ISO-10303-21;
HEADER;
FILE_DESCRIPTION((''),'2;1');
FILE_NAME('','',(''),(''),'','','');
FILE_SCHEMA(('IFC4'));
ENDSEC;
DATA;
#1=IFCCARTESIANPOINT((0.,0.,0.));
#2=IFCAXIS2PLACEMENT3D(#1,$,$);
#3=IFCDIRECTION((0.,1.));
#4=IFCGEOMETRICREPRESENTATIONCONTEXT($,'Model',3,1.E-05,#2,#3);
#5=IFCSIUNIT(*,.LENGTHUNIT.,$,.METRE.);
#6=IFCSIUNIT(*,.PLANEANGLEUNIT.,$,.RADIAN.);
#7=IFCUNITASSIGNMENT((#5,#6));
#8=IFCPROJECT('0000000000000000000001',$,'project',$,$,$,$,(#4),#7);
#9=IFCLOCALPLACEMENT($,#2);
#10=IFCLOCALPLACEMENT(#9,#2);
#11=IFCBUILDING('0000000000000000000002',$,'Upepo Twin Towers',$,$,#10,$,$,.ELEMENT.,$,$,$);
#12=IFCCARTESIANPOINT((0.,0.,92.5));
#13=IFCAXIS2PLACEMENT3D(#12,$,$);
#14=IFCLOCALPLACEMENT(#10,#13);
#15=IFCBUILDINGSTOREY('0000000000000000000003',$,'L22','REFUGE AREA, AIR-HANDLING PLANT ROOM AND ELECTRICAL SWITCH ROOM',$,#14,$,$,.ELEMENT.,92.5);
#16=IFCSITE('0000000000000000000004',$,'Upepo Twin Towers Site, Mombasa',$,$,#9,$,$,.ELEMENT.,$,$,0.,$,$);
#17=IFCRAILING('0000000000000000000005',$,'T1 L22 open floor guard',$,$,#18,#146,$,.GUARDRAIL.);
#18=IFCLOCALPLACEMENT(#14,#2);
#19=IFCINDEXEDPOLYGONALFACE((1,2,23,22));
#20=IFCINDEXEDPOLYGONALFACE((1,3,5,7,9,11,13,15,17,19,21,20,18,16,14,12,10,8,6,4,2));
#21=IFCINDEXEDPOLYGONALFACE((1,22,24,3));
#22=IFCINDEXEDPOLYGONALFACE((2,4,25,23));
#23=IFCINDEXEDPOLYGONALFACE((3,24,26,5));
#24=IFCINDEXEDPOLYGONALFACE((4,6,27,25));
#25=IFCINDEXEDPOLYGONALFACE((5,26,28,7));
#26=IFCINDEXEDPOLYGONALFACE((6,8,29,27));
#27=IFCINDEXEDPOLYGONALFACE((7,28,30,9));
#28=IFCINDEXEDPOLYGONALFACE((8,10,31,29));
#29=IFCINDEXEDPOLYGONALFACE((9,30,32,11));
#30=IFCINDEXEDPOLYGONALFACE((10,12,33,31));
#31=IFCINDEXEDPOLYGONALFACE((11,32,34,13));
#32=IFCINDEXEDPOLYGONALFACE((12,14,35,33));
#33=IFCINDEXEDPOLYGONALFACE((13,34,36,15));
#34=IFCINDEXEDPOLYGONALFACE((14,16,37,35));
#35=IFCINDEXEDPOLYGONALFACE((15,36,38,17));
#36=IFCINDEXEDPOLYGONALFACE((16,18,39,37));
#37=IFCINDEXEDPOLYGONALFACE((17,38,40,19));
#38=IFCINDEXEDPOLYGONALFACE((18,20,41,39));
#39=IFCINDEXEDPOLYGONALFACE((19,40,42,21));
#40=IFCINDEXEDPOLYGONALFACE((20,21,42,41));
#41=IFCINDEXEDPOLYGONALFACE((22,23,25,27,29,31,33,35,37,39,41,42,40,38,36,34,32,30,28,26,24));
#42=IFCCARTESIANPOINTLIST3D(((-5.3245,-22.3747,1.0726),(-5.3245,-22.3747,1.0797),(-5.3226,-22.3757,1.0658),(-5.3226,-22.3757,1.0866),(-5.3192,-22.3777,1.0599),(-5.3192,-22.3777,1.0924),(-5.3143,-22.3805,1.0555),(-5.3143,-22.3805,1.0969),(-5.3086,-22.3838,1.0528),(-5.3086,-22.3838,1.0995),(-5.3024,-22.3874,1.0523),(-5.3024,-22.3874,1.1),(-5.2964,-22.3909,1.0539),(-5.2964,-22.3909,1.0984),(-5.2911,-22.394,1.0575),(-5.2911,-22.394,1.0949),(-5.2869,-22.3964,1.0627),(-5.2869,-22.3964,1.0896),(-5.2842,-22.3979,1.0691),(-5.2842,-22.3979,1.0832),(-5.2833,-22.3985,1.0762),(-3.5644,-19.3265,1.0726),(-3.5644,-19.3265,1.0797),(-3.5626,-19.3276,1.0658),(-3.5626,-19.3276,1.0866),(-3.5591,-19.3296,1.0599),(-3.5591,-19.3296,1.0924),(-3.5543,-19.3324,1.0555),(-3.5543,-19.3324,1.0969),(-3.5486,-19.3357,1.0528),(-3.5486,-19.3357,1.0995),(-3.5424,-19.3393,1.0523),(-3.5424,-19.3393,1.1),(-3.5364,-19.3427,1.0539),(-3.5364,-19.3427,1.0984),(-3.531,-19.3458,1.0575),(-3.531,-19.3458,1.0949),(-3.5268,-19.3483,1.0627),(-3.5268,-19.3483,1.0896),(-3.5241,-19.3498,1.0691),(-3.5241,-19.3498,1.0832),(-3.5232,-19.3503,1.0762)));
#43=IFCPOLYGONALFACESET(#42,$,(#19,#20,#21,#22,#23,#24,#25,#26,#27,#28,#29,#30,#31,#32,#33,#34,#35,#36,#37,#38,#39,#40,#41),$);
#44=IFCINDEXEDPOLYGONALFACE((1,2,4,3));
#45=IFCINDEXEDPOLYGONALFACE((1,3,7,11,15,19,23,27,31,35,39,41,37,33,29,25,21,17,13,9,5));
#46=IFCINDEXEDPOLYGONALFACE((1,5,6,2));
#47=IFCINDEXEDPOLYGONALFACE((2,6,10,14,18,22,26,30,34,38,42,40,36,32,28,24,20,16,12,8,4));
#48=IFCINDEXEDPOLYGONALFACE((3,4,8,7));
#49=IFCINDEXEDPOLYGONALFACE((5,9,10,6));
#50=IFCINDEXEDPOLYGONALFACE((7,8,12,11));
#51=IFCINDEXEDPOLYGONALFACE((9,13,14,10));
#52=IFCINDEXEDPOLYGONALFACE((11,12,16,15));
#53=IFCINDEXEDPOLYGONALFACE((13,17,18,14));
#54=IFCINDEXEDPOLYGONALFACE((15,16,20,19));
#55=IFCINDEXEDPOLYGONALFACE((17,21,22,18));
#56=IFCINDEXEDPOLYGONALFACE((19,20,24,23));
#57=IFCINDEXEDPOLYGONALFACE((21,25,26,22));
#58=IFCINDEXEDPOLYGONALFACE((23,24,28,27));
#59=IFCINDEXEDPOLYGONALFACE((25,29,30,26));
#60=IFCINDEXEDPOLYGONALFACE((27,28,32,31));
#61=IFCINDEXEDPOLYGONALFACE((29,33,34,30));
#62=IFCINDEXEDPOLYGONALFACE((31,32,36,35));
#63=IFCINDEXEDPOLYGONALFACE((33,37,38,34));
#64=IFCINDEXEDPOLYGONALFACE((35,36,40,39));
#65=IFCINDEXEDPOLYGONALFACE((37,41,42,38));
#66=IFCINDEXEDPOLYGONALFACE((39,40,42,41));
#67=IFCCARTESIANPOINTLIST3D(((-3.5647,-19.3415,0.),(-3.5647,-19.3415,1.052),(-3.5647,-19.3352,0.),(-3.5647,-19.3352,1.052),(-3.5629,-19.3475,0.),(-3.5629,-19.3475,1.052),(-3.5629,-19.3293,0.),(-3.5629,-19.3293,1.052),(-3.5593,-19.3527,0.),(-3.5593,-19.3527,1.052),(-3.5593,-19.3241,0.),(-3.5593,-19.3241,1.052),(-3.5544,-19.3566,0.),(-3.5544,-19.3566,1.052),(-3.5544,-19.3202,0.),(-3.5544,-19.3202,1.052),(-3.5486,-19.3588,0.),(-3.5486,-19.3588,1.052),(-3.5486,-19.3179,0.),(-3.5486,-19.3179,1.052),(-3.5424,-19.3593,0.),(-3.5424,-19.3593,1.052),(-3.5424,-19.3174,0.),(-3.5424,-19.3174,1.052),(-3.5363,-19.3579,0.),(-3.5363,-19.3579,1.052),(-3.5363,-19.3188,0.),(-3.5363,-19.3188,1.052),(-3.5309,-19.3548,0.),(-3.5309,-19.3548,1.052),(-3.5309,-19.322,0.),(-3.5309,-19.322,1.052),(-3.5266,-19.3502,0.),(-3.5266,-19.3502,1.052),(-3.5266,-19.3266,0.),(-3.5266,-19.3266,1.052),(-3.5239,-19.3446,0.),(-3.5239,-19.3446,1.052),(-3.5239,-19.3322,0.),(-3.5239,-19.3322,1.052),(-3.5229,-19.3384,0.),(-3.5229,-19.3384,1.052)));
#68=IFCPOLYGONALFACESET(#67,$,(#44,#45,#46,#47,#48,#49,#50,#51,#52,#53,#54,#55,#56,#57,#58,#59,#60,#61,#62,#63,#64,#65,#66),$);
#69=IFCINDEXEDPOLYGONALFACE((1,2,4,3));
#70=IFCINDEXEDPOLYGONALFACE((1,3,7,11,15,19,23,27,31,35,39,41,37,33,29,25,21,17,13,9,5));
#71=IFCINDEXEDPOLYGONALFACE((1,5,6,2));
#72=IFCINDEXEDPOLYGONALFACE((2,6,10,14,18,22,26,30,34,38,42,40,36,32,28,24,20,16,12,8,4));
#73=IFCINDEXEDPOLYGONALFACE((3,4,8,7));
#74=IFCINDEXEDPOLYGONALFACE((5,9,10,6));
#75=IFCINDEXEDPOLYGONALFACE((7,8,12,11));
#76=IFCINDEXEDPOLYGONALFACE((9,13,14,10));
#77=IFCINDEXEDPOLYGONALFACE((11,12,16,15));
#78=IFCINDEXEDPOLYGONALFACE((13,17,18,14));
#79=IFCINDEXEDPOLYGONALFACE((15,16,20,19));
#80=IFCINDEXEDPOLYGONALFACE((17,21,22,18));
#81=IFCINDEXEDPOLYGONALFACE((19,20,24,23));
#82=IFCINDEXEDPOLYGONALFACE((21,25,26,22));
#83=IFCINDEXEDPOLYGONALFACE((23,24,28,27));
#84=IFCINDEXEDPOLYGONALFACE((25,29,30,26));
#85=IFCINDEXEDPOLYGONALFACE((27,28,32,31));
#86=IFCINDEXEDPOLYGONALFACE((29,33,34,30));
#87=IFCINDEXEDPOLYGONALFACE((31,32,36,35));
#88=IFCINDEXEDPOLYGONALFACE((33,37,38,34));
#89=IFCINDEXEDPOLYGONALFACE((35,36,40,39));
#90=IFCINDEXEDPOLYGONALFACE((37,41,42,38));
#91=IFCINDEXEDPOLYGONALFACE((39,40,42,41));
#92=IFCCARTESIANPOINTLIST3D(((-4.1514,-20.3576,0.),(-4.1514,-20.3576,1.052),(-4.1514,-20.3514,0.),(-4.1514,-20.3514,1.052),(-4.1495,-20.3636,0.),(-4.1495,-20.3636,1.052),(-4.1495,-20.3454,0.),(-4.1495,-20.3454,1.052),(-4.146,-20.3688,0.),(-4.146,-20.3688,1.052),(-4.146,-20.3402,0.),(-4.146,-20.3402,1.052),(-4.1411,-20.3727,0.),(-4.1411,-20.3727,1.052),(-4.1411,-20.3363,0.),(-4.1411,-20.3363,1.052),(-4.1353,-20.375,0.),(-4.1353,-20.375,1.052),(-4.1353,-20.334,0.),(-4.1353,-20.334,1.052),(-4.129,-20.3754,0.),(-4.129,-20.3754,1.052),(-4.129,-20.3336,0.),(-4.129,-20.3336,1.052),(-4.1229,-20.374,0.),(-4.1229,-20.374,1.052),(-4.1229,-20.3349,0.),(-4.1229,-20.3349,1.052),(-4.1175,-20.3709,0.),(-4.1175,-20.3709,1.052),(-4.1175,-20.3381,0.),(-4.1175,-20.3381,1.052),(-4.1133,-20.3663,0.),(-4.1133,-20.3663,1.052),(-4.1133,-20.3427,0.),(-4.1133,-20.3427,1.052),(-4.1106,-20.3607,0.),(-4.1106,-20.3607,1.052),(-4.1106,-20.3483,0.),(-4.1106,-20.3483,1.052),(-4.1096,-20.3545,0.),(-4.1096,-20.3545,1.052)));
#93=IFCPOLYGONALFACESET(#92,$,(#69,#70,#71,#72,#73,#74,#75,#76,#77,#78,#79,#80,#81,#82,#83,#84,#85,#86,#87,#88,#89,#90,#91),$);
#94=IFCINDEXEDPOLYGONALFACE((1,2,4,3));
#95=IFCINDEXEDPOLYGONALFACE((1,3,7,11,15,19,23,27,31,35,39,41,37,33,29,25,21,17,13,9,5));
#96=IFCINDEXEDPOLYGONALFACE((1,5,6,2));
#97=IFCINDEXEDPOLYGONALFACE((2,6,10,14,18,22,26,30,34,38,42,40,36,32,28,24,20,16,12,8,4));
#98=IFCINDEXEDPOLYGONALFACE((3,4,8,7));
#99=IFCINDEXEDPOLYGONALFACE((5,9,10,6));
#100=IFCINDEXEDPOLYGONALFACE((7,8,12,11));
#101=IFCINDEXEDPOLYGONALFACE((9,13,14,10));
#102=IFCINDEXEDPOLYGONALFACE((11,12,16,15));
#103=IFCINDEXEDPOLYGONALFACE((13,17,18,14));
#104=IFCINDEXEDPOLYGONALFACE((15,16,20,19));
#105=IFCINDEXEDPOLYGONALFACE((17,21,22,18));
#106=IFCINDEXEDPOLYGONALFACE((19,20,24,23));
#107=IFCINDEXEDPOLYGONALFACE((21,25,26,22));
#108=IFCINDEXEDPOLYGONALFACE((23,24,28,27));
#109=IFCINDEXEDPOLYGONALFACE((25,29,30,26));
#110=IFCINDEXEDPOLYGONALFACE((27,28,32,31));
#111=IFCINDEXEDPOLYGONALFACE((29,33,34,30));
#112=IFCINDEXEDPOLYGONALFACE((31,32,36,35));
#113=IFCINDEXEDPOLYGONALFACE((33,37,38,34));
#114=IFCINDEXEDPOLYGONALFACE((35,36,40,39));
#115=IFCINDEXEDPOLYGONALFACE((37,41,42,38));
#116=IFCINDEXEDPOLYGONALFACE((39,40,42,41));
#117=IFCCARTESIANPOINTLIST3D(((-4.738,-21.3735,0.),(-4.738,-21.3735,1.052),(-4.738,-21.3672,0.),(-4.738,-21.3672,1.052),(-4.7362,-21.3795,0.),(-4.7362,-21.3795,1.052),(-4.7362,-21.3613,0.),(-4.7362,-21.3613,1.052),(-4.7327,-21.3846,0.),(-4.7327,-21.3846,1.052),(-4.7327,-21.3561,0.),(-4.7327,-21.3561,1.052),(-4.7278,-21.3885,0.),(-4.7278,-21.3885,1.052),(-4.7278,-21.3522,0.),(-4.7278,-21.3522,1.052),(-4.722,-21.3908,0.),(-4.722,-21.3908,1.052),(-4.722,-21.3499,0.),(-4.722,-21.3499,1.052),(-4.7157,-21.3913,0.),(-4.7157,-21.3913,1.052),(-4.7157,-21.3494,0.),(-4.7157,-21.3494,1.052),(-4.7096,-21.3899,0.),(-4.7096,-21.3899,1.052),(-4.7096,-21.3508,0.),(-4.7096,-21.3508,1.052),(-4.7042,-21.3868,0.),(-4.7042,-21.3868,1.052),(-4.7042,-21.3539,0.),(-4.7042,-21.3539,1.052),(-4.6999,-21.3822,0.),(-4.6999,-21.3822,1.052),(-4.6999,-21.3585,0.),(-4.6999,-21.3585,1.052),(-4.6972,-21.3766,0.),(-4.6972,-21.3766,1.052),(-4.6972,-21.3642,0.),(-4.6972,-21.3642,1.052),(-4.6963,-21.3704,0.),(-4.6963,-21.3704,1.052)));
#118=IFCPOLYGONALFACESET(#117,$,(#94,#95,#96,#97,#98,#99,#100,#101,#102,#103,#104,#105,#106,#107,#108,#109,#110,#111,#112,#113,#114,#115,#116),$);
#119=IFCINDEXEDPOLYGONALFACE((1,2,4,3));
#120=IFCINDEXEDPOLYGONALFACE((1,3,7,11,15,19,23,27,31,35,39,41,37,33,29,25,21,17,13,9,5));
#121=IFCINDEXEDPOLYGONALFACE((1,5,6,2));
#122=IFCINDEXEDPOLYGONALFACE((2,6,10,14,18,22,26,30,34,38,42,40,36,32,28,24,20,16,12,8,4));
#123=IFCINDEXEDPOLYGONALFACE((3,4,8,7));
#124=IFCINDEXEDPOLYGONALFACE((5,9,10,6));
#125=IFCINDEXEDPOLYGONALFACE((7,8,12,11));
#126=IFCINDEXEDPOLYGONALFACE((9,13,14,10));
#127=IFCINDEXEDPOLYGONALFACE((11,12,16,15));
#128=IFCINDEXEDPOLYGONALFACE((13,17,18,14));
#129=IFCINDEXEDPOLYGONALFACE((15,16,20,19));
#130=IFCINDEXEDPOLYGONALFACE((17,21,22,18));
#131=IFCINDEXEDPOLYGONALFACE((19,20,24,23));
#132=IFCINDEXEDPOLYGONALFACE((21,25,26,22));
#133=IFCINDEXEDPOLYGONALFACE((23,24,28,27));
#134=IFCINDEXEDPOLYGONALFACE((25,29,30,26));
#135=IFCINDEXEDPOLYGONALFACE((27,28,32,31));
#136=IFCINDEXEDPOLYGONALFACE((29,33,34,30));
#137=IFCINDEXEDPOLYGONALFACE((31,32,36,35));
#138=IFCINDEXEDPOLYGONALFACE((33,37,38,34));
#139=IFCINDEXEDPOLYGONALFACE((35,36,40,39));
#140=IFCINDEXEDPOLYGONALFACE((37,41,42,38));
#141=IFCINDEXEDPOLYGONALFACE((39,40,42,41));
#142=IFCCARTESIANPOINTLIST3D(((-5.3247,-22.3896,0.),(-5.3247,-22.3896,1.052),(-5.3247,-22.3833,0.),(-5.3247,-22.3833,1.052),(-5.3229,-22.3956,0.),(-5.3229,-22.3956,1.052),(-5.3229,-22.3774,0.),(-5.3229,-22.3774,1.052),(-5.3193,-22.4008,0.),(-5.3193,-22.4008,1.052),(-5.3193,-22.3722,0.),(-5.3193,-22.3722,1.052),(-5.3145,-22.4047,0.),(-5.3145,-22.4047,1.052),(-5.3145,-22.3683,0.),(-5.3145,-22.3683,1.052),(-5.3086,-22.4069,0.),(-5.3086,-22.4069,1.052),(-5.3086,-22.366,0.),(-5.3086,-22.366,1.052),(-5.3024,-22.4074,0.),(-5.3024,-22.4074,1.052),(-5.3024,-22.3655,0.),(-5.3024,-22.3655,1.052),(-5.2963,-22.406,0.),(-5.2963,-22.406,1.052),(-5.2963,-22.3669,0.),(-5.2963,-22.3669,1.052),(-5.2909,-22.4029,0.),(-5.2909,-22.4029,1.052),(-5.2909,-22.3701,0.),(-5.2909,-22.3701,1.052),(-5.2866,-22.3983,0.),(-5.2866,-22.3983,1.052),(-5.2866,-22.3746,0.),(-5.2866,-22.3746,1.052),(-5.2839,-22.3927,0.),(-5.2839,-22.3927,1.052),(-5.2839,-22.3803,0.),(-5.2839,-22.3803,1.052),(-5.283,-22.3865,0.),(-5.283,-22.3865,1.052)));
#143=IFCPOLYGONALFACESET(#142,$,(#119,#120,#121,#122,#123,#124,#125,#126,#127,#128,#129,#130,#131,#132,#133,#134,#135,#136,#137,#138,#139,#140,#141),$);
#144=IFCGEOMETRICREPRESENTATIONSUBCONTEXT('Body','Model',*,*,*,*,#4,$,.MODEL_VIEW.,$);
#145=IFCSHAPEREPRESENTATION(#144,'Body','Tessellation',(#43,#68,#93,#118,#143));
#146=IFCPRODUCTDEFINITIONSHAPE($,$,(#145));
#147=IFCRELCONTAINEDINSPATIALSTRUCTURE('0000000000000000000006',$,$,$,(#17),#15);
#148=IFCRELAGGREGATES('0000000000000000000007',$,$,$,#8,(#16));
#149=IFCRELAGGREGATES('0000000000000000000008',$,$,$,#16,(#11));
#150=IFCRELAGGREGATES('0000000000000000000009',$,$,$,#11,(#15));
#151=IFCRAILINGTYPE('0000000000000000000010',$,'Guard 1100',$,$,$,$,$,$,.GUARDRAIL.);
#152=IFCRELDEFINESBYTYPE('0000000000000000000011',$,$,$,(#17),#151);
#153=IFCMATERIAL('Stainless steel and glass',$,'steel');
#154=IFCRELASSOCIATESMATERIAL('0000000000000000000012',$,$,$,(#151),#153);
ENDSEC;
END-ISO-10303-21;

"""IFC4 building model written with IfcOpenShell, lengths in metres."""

from ifc_helpers import new_model, si_unit, direction, frame, origin, origin_2d, place, context, subcontext, project, spatial, circle, extrude, material, type_object, element, save


model = new_model("IFC4")

# Units and contexts
model_context = context("Model", 3, precision=1e-05, world=origin(), true_north=direction((0.0, 1.0)))
body_context = subcontext(model_context, "Body", "Model", "MODEL_VIEW")
ifc_project = project(units=[si_unit("LENGTHUNIT", "METRE"), si_unit("PLANEANGLEUNIT", "RADIAN")], contexts=[model_context])

# Site, building, storey
site_placement = place(None, origin())
site = spatial("IfcSite", under=ifc_project, at=site_placement, Name="Upepo Twin Towers Site, Mombasa", CompositionType="ELEMENT", RefElevation=0.0)
building_placement = place(site_placement, origin())
building = spatial("IfcBuilding", under=site, at=building_placement, Name="Upepo Twin Towers", CompositionType="ELEMENT")
storey_placement = place(building_placement, frame((0.0, 0.0, 92.5)))
storey = spatial("IfcBuildingStorey", under=building, at=storey_placement, Name="L22", Description="REFUGE AREA, AIR-HANDLING PLANT ROOM AND ELECTRICAL SWITCH ROOM", CompositionType="ELEMENT", Elevation=92.5)

# Railing
ifc_material_1 = material(Name="Stainless steel and glass", Category="steel")
railing_type = type_object("IfcRailingType", Name="Guard 1100", PredefinedType="GUARDRAIL", material=ifc_material_1)
for number, where, name in (
    (1, (-3.5439, -19.3384, 0.0), "T1 L22 open floor guard"),
):
    element("IfcRailing", number, at=place(storey_placement, frame(where)), inside=storey, type_object=railing_type, Name=name, PredefinedType="GUARDRAIL", context=body_context, shape_type="SweptSolid", body=[
        extrude(circle(Radius=0.0239, at=origin_2d()), frame((0.0, 0.0, 1.0762), z_axis=(-0.500041, -0.866002, 0.0), x_axis=(0.866002, -0.500041, 0.0)), (0.0, 0.0, 1.0), 3.5198),
        extrude(circle(Radius=0.021, at=origin_2d()), origin(), (0.0, 0.0, 1.0), 1.052),
        extrude(circle(Radius=0.021, at=origin_2d()), frame((-0.5867, -1.0161, 0.0)), (0.0, 0.0, 1.0), 1.052),
        extrude(circle(Radius=0.021, at=origin_2d()), frame((-1.1733, -2.032, 0.0)), (0.0, 0.0, 1.0), 1.052),
        extrude(circle(Radius=0.021, at=origin_2d()), frame((-1.76, -3.0481, 0.0)), (0.0, 0.0, 1.0), 1.052),
    ])

save(model, "model.ifc")
